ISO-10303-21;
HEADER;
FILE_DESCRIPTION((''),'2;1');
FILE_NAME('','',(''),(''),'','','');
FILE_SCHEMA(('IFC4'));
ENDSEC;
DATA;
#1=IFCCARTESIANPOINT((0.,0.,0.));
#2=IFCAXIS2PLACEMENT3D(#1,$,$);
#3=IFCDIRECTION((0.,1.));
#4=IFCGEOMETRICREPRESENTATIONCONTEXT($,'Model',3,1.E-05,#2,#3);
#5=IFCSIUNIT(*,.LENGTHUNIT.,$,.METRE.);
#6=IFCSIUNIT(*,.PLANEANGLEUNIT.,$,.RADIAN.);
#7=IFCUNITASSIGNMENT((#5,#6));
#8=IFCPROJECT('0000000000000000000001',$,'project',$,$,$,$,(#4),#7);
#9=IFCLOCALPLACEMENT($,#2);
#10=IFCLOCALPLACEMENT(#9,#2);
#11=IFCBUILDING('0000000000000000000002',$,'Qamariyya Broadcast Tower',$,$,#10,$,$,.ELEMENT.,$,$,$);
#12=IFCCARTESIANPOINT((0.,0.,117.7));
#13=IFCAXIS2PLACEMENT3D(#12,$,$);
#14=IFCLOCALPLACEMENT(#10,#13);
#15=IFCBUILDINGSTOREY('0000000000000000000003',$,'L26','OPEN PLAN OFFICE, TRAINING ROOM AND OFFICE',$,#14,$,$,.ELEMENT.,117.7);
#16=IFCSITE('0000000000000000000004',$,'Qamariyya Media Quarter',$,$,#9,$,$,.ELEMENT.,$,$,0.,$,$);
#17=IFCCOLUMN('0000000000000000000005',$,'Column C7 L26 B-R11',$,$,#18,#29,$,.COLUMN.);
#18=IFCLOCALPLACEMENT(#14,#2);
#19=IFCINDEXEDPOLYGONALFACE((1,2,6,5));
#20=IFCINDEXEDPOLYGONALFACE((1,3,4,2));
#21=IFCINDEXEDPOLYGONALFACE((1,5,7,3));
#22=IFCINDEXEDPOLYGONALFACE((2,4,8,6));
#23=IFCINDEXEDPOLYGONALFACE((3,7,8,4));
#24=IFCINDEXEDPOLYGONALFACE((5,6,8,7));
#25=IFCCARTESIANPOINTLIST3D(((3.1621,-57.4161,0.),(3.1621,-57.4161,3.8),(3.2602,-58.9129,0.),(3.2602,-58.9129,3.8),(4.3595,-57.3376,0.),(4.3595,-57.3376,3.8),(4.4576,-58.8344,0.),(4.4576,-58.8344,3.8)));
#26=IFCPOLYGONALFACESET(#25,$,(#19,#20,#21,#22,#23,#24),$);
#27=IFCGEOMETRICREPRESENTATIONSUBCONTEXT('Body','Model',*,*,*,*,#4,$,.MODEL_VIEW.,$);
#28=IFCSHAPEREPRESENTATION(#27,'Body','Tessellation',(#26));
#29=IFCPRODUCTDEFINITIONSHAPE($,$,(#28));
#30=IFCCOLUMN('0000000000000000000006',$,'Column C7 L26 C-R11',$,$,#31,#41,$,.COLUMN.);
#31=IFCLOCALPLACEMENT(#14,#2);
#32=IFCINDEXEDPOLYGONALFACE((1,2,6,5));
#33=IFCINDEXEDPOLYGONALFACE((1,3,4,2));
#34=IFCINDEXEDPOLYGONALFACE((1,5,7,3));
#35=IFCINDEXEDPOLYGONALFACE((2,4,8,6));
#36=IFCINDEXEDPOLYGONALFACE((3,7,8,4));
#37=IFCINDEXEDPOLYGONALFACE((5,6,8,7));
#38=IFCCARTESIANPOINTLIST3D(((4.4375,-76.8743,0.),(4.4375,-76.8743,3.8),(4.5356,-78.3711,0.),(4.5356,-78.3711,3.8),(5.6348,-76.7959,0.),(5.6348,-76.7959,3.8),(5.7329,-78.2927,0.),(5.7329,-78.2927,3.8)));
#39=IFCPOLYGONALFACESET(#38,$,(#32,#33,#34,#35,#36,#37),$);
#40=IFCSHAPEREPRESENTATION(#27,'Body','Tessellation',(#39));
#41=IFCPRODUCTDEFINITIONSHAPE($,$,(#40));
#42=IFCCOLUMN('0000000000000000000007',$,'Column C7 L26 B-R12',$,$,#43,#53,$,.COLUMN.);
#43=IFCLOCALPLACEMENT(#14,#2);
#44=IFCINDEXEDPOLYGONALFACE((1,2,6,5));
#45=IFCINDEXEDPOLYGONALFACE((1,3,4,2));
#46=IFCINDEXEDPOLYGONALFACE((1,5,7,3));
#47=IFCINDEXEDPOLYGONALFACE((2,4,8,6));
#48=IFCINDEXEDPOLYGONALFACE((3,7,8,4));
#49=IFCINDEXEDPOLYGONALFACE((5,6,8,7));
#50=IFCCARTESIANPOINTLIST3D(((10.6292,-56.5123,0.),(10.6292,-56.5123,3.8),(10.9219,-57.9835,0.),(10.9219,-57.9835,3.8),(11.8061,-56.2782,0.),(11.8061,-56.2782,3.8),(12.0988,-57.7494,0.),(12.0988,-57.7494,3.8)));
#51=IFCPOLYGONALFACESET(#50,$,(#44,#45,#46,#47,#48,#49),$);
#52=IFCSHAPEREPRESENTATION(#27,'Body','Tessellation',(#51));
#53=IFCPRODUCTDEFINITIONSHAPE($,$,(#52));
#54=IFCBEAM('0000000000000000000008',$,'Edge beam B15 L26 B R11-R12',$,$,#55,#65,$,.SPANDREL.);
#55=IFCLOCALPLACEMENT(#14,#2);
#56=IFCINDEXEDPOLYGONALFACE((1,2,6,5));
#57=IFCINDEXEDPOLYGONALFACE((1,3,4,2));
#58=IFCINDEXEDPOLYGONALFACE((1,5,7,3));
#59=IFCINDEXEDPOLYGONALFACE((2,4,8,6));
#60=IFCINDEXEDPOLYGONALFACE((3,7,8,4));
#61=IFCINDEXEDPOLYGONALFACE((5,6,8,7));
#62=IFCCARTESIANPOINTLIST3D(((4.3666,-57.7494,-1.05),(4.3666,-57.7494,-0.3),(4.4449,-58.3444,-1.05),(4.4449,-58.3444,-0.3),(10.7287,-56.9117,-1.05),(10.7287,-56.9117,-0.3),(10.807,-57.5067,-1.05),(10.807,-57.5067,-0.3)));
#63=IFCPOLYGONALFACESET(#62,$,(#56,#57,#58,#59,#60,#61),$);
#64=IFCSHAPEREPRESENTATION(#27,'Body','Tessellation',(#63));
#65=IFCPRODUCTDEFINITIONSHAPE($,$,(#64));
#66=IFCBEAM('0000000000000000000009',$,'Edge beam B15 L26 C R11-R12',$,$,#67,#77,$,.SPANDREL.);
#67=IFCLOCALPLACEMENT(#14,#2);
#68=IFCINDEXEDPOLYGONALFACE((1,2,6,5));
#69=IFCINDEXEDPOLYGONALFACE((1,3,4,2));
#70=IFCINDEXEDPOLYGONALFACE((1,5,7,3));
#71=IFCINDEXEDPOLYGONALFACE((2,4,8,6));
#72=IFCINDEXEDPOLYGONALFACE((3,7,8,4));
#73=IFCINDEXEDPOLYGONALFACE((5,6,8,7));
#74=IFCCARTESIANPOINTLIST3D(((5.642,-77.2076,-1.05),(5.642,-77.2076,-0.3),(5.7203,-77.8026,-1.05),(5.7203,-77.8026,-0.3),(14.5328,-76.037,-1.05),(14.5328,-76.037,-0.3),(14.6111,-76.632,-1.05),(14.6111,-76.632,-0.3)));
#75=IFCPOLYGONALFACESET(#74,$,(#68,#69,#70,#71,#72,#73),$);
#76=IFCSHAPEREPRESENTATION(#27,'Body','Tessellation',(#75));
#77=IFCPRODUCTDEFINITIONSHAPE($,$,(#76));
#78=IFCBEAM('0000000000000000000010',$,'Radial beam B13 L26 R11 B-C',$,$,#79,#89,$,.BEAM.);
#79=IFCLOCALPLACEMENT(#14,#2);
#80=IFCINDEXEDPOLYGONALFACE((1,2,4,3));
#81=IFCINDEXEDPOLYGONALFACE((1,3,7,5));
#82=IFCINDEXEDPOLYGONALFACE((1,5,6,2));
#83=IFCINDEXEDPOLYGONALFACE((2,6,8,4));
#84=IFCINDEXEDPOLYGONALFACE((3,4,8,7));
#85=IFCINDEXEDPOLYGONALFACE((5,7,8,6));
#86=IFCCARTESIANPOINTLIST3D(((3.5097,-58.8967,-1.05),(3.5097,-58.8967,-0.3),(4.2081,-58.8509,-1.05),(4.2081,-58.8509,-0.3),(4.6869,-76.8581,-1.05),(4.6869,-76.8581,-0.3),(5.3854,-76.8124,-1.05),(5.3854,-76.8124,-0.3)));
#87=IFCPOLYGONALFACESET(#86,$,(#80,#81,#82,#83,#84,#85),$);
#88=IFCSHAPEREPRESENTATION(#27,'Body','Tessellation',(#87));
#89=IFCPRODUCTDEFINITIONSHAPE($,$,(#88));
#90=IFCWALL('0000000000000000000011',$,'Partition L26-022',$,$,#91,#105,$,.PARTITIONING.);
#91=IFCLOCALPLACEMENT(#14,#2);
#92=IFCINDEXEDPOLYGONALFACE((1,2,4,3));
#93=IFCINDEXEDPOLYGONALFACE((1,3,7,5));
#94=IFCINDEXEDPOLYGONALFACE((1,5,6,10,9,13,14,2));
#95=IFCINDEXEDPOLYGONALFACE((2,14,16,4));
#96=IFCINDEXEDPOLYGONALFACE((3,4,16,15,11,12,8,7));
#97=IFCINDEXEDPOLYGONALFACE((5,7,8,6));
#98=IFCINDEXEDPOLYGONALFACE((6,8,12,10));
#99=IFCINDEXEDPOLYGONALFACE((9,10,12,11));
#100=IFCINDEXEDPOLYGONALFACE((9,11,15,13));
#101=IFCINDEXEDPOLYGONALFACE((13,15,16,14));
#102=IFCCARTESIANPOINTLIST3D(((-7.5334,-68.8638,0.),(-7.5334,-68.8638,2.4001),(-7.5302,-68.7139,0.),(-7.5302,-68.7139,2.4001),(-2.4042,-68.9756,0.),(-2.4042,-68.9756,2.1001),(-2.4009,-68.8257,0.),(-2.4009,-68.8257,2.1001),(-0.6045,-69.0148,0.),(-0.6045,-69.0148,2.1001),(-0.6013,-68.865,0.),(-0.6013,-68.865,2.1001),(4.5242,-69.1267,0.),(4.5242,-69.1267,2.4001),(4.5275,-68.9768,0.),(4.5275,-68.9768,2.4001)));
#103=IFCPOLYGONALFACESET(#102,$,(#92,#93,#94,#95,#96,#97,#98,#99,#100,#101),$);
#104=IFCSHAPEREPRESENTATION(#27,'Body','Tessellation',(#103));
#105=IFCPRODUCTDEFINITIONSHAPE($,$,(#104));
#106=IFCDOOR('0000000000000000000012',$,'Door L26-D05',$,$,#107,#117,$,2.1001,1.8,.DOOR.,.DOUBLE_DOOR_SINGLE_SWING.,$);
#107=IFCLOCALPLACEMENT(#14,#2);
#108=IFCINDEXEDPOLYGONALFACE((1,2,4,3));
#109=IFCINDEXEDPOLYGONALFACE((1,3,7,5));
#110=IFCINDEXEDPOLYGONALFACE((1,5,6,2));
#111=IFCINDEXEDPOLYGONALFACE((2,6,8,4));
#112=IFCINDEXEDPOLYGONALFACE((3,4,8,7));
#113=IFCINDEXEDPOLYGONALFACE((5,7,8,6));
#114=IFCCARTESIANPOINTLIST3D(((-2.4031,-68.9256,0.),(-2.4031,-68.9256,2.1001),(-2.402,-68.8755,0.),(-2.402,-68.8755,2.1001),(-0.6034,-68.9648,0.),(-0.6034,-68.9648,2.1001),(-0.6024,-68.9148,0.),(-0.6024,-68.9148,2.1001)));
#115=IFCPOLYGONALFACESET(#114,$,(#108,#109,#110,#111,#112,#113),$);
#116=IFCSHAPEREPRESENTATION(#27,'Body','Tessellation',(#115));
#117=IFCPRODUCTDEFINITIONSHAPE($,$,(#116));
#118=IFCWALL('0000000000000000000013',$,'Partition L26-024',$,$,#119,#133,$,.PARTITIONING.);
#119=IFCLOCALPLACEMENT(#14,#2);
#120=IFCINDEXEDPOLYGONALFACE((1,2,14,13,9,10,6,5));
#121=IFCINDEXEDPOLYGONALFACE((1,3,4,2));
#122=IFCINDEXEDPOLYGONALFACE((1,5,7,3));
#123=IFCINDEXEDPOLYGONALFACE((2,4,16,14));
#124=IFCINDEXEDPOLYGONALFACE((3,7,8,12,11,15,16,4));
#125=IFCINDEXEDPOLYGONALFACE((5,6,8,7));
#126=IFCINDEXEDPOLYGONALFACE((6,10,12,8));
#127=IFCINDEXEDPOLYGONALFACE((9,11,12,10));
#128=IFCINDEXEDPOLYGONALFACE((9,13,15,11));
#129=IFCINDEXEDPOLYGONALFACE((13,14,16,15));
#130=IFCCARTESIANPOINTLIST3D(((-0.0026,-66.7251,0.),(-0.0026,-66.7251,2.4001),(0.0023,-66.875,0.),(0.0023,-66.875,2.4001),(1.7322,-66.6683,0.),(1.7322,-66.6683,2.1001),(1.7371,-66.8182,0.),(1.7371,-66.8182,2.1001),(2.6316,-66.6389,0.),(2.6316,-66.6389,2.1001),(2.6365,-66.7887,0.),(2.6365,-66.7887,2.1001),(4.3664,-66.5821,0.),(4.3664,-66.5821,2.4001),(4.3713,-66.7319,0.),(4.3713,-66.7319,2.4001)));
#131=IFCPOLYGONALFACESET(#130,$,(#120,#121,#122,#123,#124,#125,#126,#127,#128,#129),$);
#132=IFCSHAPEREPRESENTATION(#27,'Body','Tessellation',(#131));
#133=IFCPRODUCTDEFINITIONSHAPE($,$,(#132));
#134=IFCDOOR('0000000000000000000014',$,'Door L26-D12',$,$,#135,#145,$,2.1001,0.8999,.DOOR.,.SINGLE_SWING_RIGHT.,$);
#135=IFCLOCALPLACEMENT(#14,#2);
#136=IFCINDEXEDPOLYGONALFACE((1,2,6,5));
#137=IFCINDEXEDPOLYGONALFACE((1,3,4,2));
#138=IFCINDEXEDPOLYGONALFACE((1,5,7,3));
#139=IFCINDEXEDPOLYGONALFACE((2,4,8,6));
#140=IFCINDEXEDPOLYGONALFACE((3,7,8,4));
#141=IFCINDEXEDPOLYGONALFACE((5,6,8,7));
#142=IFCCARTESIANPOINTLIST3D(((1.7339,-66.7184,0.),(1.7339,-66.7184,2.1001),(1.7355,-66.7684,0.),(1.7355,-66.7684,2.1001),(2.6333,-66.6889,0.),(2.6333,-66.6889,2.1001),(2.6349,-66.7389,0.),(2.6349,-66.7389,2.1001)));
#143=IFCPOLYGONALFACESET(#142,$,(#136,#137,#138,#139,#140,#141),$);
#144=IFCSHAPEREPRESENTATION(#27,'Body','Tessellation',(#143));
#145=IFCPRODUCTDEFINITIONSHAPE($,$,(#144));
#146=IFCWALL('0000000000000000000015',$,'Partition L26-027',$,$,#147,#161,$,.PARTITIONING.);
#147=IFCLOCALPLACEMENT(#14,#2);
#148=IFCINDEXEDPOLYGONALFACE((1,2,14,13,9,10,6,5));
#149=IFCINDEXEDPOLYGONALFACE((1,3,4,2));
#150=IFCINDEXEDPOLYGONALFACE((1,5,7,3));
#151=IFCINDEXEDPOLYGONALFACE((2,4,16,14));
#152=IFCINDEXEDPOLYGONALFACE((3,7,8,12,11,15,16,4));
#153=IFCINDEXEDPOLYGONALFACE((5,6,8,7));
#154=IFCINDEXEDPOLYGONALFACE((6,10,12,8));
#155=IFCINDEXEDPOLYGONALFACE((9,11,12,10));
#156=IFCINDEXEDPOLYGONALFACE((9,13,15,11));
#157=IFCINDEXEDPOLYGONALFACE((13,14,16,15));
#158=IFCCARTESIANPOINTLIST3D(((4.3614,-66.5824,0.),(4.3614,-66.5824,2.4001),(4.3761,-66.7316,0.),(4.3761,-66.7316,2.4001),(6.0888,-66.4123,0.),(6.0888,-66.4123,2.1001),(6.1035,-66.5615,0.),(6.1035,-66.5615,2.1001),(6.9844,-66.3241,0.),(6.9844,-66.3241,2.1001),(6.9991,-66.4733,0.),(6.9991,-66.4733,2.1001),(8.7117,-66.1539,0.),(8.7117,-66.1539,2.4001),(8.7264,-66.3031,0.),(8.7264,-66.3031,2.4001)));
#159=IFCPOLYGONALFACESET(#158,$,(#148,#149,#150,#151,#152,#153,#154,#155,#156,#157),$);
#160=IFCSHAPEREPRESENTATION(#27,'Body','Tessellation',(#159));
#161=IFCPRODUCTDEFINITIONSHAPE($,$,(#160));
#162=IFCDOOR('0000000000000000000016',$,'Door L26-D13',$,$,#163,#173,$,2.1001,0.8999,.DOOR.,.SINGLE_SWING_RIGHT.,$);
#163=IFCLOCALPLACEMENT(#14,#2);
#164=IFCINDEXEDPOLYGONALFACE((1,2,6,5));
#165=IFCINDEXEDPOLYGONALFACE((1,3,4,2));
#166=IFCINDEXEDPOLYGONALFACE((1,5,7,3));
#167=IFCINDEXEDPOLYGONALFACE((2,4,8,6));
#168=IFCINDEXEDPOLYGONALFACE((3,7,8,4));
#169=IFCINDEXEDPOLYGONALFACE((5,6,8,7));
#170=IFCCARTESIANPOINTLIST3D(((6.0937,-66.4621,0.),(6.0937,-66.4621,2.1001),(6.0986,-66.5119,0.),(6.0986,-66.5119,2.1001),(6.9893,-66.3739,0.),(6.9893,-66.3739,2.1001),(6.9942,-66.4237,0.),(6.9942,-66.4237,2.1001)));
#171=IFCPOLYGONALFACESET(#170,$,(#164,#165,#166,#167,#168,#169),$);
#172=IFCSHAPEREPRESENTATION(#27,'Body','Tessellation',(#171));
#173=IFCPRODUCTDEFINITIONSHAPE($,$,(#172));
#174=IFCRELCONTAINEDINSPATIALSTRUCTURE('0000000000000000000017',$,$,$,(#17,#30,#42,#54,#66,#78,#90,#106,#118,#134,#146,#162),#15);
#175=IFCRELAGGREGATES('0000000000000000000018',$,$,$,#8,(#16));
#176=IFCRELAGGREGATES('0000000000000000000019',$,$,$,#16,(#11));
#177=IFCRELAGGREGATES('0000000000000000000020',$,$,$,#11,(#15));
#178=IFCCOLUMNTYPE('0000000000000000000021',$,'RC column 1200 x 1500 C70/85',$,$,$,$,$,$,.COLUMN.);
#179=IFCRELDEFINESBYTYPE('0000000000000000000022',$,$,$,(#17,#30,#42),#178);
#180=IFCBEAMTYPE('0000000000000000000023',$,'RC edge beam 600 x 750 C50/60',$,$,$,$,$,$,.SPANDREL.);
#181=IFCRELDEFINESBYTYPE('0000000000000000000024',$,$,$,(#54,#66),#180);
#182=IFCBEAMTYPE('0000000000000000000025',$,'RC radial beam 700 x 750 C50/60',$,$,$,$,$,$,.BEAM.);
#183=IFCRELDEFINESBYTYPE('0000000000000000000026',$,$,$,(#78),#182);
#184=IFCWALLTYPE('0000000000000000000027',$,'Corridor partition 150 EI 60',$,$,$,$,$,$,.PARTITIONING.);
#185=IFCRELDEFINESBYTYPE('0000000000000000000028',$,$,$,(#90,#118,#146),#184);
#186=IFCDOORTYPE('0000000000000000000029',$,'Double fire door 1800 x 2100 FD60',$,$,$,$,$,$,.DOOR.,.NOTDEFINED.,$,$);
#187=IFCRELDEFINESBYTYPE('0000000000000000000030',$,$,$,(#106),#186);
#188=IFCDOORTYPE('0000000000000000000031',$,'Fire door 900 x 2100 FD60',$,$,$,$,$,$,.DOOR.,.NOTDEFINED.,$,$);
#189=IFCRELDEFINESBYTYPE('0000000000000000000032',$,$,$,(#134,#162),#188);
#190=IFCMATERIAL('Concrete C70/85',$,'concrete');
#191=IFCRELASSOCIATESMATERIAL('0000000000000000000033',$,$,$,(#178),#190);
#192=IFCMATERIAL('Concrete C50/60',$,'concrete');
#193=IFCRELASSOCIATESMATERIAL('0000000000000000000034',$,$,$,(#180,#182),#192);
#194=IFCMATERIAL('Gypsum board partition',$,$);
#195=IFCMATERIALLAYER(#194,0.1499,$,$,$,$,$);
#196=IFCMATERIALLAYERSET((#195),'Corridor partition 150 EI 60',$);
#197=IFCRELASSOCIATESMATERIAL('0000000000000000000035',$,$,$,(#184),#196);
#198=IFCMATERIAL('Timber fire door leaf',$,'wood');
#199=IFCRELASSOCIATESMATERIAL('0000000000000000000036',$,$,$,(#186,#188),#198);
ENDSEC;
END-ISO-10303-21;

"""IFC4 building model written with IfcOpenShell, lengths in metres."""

from ifc_helpers import new_model, si_unit, direction, frame, frame_2d, origin, origin_2d, place, context, subcontext, project, spatial, rectangle, extrude, material, layer, layer_set, material_profile, profile_set, type_object, element, fill, save


model = new_model("IFC4")

# Units and contexts
model_context = context("Model", 3, precision=1e-05, world=origin(), true_north=direction((0.0, 1.0)))
body_context = subcontext(model_context, "Body", "Model", "MODEL_VIEW")
ifc_project = project(units=[si_unit("LENGTHUNIT", "METRE"), si_unit("PLANEANGLEUNIT", "RADIAN")], contexts=[model_context])

# Site, building, storey
site_placement = place(None, origin())
site = spatial("IfcSite", under=ifc_project, at=site_placement, Name="Qamariyya Media Quarter", CompositionType="ELEMENT", RefElevation=0.0)
building_placement = place(site_placement, origin())
building = spatial("IfcBuilding", under=site, at=building_placement, Name="Qamariyya Broadcast Tower", CompositionType="ELEMENT")
storey_placement = place(building_placement, frame((0.0, 0.0, 117.7)))
storey = spatial("IfcBuildingStorey", under=building, at=storey_placement, Name="L26", Description="OPEN PLAN OFFICE, TRAINING ROOM AND OFFICE", CompositionType="ELEMENT", Elevation=117.7)

# Columns
ifc_material_1 = material(Name="Concrete C70/85", Category="concrete")
ifc_material_profile_1 = material_profile(ifc_material_1, rectangle(XDim=1.2, YDim=1.5, at=origin_2d()))
ifc_profile_set_1 = profile_set([ifc_material_profile_1], Name="Concrete C70/85")
column_type = type_object("IfcColumnType", Name="RC column 1200 x 1500 C70/85", PredefinedType="COLUMN", material=ifc_profile_set_1)
for number, where, z_axis, x_axis, name in (
    (1, (3.8098, -58.1252, 0.0), (0.0, 0.0, 1.0), (0.997859, 0.065403, 0.0), "Column C7 L26 B-R11"),
    (2, (5.0852, -77.5835, 0.0), (0.0, 0.0, 1.0), (0.997859, 0.065403, 0.0), "Column C7 L26 C-R11"),
    (3, (11.364, -57.1309, 0.0), (0.0, 0.0, 1.0), (0.980785, 0.19509, 0.0), "Column C7 L26 B-R12"),
):
    element("IfcColumn", number, at=place(storey_placement, frame(where, z_axis=z_axis, x_axis=x_axis)), inside=storey, type_object=column_type, Name=name, PredefinedType="COLUMN", context=body_context, shape_type="SweptSolid", body=[
        extrude(rectangle(XDim=1.2, YDim=1.5, at=origin_2d()), origin(), (0.0, 0.0, 1.0), 3.8),
    ])

# Beams
ifc_material_2 = material(Name="Concrete C50/60", Category="concrete")
ifc_material_profile_2 = material_profile(ifc_material_2, rectangle(XDim=0.6001, YDim=0.75, at=origin_2d()))
ifc_profile_set_2 = profile_set([ifc_material_profile_2], Name="Concrete C50/60")
beam_type_1 = type_object("IfcBeamType", Name="RC edge beam 600 x 750 C50/60", PredefinedType="SPANDREL", material=ifc_profile_set_2)
beam_1_placement = place(storey_placement, frame((4.4058, -58.0469, -0.675), z_axis=(0.991444, 0.130536, 0.0), x_axis=(-0.130536, 0.991444, 0.0)))
element("IfcBeam", 4, at=beam_1_placement, inside=storey, type_object=beam_type_1, Name="Edge beam B15 L26 B R11-R12", PredefinedType="SPANDREL", context=body_context, shape_type="SweptSolid", body=[
    extrude(rectangle(XDim=0.6001, YDim=0.75, at=origin_2d()), origin(), (0.0, 0.0, 1.0), 6.417),
])
beam_2_placement = place(storey_placement, frame((5.6812, -77.5051, -0.675), z_axis=(0.991443, 0.130543, 0.0), x_axis=(-0.130543, 0.991443, 0.0)))
element("IfcBeam", 5, at=beam_2_placement, inside=storey, type_object=beam_type_1, Name="Edge beam B15 L26 C R11-R12", PredefinedType="SPANDREL", context=body_context, shape_type="SweptSolid", body=[
    extrude(rectangle(XDim=0.6001, YDim=0.75, at=origin_2d()), origin(), (0.0, 0.0, 1.0), 8.9675),
])
ifc_material_profile_3 = material_profile(ifc_material_2, rectangle(XDim=0.7, YDim=0.75, at=origin_2d()))
ifc_profile_set_3 = profile_set([ifc_material_profile_3], Name="Concrete C50/60")
beam_type_2 = type_object("IfcBeamType", Name="RC radial beam 700 x 750 C50/60", PredefinedType="BEAM", material=ifc_profile_set_3)
beam_3_placement = place(storey_placement, frame((3.8589, -58.8738, -0.675), z_axis=(0.065403, -0.997859, 0.0), x_axis=(0.997859, 0.065403, 0.0)))
element("IfcBeam", 6, at=beam_3_placement, inside=storey, type_object=beam_type_2, Name="Radial beam B13 L26 R11 B-C", PredefinedType="BEAM", context=body_context, shape_type="SweptSolid", body=[
    extrude(rectangle(XDim=0.7, YDim=0.75, at=origin_2d()), origin(), (0.0, 0.0, 1.0), 18.0),
])

# Walls, openings, doors
ifc_material_3 = material(Name="Gypsum board partition")
ifc_layer_1 = layer(ifc_material_3, 0.1499)
ifc_layer_set_1 = layer_set([ifc_layer_1], Name="Corridor partition 150 EI 60")
wall_type_1 = type_object("IfcWallType", Name="Corridor partition 150 EI 60", PredefinedType="PARTITIONING", material=ifc_layer_set_1)
wall_1_placement = place(storey_placement, frame((4.5259, -69.0518, 0.0), z_axis=(0.0, 0.0, 1.0), x_axis=(-0.999762, 0.021802, 0.0)))
wall_1 = element("IfcWall", 7, at=wall_1_placement, inside=storey, type_object=wall_type_1, Name="Partition L26-022", PredefinedType="PARTITIONING", context=body_context, shape_type="SweptSolid", body=[
    extrude(rectangle(XDim=12.0605, YDim=0.1499, at=frame_2d((6.0303, 0.0))), origin(), (0.0, 0.0, 1.0), 2.4001),
])
opening_1_placement = place(wall_1_placement, frame((5.1301, 0.0, 0.0)))
opening_1 = element("IfcOpeningElement", 8, at=opening_1_placement, cuts=wall_1, PredefinedType="OPENING", context=body_context, shape_type="SweptSolid", body=[
    extrude(rectangle(XDim=1.8, YDim=2.1001, at=frame_2d((0.8999, 1.05))), frame((0.0, 0.085, 0.0), z_axis=(0.0, -1.0, 0.0), x_axis=(1.0, 0.0, 0.0)), (0.0, 0.0, 1.0), 0.1699),
])
ifc_material_4 = material(Name="Timber fire door leaf", Category="wood")
door_type_1 = type_object("IfcDoorType", Name="Double fire door 1800 x 2100 FD60", OperationType="NOTDEFINED", PredefinedType="DOOR", material=ifc_material_4)
door_1_placement = place(opening_1_placement, origin())
door_1 = element("IfcDoor", 9, at=door_1_placement, inside=storey, type_object=door_type_1, Name="Door L26-D05", OperationType="DOUBLE_DOOR_SINGLE_SWING", OverallHeight=2.1001, OverallWidth=1.8, PredefinedType="DOOR", context=body_context, shape_type="SweptSolid", body=[
    extrude(rectangle(XDim=1.8, YDim=2.1001, at=frame_2d((0.8999, 1.05))), frame((0.0, 0.0249, 0.0), z_axis=(0.0, -1.0, 0.0), x_axis=(1.0, 0.0, 0.0)), (0.0, 0.0, 1.0), 0.05),
])
fill(opening_1, door_1)
wall_2_placement = place(storey_placement, frame((0.0, -66.8, 0.0), z_axis=(0.0, 0.0, 1.0), x_axis=(0.999464, 0.032729, 0.0)))
wall_2 = element("IfcWall", 10, at=wall_2_placement, inside=storey, type_object=wall_type_1, Name="Partition L26-024", PredefinedType="PARTITIONING", context=body_context, shape_type="SweptSolid", body=[
    extrude(rectangle(XDim=4.3713, YDim=0.1499, at=frame_2d((2.1855, 0.0))), origin(), (0.0, 0.0, 1.0), 2.4001),
])
opening_2_placement = place(wall_2_placement, frame((1.7356, 0.0, 0.0)))
opening_2 = element("IfcOpeningElement", 11, at=opening_2_placement, cuts=wall_2, PredefinedType="OPENING", context=body_context, shape_type="SweptSolid", body=[
    extrude(rectangle(XDim=0.8999, YDim=2.1001, at=frame_2d((0.45, 1.05))), frame((0.0, 0.085, 0.0), z_axis=(0.0, -1.0, 0.0), x_axis=(1.0, 0.0, 0.0)), (0.0, 0.0, 1.0), 0.1699),
])
door_type_2 = type_object("IfcDoorType", Name="Fire door 900 x 2100 FD60", OperationType="NOTDEFINED", PredefinedType="DOOR", material=ifc_material_4)
door_2_placement = place(opening_2_placement, origin())
door_2 = element("IfcDoor", 12, at=door_2_placement, inside=storey, type_object=door_type_2, Name="Door L26-D12", OperationType="SINGLE_SWING_RIGHT", OverallHeight=2.1001, OverallWidth=0.8999, PredefinedType="DOOR", context=body_context, shape_type="SweptSolid", body=[
    extrude(rectangle(XDim=0.8999, YDim=2.1001, at=frame_2d((0.45, 1.05))), frame((0.0, 0.0249, 0.0), z_axis=(0.0, -1.0, 0.0), x_axis=(1.0, 0.0, 0.0)), (0.0, 0.0, 1.0), 0.05),
])
fill(opening_2, door_2)
wall_3_placement = place(storey_placement, frame((4.3689, -66.657, 0.0), z_axis=(0.0, 0.0, 1.0), x_axis=(0.995185, 0.098016, 0.0)))
wall_3 = element("IfcWall", 13, at=wall_3_placement, inside=storey, type_object=wall_type_1, Name="Partition L26-027", PredefinedType="PARTITIONING", context=body_context, shape_type="SweptSolid", body=[
    extrude(rectangle(XDim=4.3713, YDim=0.1499, at=frame_2d((2.1855, 0.0))), origin(), (0.0, 0.0, 1.0), 2.4001),
])
opening_3_placement = place(wall_3_placement, frame((1.7356, 0.0, 0.0)))
opening_3 = element("IfcOpeningElement", 14, at=opening_3_placement, cuts=wall_3, PredefinedType="OPENING", context=body_context, shape_type="SweptSolid", body=[
    extrude(rectangle(XDim=0.8999, YDim=2.1001, at=frame_2d((0.45, 1.05))), frame((0.0, 0.085, 0.0), z_axis=(0.0, -1.0, 0.0), x_axis=(1.0, 0.0, 0.0)), (0.0, 0.0, 1.0), 0.1699),
])
door_3_placement = place(opening_3_placement, origin())
door_3 = element("IfcDoor", 15, at=door_3_placement, inside=storey, type_object=door_type_2, Name="Door L26-D13", OperationType="SINGLE_SWING_RIGHT", OverallHeight=2.1001, OverallWidth=0.8999, PredefinedType="DOOR", context=body_context, shape_type="SweptSolid", body=[
    extrude(rectangle(XDim=0.8999, YDim=2.1001, at=frame_2d((0.45, 1.05))), frame((0.0, 0.0249, 0.0), z_axis=(0.0, -1.0, 0.0), x_axis=(1.0, 0.0, 0.0)), (0.0, 0.0, 1.0), 0.05),
])
fill(opening_3, door_3)

save(model, "model.ifc")
